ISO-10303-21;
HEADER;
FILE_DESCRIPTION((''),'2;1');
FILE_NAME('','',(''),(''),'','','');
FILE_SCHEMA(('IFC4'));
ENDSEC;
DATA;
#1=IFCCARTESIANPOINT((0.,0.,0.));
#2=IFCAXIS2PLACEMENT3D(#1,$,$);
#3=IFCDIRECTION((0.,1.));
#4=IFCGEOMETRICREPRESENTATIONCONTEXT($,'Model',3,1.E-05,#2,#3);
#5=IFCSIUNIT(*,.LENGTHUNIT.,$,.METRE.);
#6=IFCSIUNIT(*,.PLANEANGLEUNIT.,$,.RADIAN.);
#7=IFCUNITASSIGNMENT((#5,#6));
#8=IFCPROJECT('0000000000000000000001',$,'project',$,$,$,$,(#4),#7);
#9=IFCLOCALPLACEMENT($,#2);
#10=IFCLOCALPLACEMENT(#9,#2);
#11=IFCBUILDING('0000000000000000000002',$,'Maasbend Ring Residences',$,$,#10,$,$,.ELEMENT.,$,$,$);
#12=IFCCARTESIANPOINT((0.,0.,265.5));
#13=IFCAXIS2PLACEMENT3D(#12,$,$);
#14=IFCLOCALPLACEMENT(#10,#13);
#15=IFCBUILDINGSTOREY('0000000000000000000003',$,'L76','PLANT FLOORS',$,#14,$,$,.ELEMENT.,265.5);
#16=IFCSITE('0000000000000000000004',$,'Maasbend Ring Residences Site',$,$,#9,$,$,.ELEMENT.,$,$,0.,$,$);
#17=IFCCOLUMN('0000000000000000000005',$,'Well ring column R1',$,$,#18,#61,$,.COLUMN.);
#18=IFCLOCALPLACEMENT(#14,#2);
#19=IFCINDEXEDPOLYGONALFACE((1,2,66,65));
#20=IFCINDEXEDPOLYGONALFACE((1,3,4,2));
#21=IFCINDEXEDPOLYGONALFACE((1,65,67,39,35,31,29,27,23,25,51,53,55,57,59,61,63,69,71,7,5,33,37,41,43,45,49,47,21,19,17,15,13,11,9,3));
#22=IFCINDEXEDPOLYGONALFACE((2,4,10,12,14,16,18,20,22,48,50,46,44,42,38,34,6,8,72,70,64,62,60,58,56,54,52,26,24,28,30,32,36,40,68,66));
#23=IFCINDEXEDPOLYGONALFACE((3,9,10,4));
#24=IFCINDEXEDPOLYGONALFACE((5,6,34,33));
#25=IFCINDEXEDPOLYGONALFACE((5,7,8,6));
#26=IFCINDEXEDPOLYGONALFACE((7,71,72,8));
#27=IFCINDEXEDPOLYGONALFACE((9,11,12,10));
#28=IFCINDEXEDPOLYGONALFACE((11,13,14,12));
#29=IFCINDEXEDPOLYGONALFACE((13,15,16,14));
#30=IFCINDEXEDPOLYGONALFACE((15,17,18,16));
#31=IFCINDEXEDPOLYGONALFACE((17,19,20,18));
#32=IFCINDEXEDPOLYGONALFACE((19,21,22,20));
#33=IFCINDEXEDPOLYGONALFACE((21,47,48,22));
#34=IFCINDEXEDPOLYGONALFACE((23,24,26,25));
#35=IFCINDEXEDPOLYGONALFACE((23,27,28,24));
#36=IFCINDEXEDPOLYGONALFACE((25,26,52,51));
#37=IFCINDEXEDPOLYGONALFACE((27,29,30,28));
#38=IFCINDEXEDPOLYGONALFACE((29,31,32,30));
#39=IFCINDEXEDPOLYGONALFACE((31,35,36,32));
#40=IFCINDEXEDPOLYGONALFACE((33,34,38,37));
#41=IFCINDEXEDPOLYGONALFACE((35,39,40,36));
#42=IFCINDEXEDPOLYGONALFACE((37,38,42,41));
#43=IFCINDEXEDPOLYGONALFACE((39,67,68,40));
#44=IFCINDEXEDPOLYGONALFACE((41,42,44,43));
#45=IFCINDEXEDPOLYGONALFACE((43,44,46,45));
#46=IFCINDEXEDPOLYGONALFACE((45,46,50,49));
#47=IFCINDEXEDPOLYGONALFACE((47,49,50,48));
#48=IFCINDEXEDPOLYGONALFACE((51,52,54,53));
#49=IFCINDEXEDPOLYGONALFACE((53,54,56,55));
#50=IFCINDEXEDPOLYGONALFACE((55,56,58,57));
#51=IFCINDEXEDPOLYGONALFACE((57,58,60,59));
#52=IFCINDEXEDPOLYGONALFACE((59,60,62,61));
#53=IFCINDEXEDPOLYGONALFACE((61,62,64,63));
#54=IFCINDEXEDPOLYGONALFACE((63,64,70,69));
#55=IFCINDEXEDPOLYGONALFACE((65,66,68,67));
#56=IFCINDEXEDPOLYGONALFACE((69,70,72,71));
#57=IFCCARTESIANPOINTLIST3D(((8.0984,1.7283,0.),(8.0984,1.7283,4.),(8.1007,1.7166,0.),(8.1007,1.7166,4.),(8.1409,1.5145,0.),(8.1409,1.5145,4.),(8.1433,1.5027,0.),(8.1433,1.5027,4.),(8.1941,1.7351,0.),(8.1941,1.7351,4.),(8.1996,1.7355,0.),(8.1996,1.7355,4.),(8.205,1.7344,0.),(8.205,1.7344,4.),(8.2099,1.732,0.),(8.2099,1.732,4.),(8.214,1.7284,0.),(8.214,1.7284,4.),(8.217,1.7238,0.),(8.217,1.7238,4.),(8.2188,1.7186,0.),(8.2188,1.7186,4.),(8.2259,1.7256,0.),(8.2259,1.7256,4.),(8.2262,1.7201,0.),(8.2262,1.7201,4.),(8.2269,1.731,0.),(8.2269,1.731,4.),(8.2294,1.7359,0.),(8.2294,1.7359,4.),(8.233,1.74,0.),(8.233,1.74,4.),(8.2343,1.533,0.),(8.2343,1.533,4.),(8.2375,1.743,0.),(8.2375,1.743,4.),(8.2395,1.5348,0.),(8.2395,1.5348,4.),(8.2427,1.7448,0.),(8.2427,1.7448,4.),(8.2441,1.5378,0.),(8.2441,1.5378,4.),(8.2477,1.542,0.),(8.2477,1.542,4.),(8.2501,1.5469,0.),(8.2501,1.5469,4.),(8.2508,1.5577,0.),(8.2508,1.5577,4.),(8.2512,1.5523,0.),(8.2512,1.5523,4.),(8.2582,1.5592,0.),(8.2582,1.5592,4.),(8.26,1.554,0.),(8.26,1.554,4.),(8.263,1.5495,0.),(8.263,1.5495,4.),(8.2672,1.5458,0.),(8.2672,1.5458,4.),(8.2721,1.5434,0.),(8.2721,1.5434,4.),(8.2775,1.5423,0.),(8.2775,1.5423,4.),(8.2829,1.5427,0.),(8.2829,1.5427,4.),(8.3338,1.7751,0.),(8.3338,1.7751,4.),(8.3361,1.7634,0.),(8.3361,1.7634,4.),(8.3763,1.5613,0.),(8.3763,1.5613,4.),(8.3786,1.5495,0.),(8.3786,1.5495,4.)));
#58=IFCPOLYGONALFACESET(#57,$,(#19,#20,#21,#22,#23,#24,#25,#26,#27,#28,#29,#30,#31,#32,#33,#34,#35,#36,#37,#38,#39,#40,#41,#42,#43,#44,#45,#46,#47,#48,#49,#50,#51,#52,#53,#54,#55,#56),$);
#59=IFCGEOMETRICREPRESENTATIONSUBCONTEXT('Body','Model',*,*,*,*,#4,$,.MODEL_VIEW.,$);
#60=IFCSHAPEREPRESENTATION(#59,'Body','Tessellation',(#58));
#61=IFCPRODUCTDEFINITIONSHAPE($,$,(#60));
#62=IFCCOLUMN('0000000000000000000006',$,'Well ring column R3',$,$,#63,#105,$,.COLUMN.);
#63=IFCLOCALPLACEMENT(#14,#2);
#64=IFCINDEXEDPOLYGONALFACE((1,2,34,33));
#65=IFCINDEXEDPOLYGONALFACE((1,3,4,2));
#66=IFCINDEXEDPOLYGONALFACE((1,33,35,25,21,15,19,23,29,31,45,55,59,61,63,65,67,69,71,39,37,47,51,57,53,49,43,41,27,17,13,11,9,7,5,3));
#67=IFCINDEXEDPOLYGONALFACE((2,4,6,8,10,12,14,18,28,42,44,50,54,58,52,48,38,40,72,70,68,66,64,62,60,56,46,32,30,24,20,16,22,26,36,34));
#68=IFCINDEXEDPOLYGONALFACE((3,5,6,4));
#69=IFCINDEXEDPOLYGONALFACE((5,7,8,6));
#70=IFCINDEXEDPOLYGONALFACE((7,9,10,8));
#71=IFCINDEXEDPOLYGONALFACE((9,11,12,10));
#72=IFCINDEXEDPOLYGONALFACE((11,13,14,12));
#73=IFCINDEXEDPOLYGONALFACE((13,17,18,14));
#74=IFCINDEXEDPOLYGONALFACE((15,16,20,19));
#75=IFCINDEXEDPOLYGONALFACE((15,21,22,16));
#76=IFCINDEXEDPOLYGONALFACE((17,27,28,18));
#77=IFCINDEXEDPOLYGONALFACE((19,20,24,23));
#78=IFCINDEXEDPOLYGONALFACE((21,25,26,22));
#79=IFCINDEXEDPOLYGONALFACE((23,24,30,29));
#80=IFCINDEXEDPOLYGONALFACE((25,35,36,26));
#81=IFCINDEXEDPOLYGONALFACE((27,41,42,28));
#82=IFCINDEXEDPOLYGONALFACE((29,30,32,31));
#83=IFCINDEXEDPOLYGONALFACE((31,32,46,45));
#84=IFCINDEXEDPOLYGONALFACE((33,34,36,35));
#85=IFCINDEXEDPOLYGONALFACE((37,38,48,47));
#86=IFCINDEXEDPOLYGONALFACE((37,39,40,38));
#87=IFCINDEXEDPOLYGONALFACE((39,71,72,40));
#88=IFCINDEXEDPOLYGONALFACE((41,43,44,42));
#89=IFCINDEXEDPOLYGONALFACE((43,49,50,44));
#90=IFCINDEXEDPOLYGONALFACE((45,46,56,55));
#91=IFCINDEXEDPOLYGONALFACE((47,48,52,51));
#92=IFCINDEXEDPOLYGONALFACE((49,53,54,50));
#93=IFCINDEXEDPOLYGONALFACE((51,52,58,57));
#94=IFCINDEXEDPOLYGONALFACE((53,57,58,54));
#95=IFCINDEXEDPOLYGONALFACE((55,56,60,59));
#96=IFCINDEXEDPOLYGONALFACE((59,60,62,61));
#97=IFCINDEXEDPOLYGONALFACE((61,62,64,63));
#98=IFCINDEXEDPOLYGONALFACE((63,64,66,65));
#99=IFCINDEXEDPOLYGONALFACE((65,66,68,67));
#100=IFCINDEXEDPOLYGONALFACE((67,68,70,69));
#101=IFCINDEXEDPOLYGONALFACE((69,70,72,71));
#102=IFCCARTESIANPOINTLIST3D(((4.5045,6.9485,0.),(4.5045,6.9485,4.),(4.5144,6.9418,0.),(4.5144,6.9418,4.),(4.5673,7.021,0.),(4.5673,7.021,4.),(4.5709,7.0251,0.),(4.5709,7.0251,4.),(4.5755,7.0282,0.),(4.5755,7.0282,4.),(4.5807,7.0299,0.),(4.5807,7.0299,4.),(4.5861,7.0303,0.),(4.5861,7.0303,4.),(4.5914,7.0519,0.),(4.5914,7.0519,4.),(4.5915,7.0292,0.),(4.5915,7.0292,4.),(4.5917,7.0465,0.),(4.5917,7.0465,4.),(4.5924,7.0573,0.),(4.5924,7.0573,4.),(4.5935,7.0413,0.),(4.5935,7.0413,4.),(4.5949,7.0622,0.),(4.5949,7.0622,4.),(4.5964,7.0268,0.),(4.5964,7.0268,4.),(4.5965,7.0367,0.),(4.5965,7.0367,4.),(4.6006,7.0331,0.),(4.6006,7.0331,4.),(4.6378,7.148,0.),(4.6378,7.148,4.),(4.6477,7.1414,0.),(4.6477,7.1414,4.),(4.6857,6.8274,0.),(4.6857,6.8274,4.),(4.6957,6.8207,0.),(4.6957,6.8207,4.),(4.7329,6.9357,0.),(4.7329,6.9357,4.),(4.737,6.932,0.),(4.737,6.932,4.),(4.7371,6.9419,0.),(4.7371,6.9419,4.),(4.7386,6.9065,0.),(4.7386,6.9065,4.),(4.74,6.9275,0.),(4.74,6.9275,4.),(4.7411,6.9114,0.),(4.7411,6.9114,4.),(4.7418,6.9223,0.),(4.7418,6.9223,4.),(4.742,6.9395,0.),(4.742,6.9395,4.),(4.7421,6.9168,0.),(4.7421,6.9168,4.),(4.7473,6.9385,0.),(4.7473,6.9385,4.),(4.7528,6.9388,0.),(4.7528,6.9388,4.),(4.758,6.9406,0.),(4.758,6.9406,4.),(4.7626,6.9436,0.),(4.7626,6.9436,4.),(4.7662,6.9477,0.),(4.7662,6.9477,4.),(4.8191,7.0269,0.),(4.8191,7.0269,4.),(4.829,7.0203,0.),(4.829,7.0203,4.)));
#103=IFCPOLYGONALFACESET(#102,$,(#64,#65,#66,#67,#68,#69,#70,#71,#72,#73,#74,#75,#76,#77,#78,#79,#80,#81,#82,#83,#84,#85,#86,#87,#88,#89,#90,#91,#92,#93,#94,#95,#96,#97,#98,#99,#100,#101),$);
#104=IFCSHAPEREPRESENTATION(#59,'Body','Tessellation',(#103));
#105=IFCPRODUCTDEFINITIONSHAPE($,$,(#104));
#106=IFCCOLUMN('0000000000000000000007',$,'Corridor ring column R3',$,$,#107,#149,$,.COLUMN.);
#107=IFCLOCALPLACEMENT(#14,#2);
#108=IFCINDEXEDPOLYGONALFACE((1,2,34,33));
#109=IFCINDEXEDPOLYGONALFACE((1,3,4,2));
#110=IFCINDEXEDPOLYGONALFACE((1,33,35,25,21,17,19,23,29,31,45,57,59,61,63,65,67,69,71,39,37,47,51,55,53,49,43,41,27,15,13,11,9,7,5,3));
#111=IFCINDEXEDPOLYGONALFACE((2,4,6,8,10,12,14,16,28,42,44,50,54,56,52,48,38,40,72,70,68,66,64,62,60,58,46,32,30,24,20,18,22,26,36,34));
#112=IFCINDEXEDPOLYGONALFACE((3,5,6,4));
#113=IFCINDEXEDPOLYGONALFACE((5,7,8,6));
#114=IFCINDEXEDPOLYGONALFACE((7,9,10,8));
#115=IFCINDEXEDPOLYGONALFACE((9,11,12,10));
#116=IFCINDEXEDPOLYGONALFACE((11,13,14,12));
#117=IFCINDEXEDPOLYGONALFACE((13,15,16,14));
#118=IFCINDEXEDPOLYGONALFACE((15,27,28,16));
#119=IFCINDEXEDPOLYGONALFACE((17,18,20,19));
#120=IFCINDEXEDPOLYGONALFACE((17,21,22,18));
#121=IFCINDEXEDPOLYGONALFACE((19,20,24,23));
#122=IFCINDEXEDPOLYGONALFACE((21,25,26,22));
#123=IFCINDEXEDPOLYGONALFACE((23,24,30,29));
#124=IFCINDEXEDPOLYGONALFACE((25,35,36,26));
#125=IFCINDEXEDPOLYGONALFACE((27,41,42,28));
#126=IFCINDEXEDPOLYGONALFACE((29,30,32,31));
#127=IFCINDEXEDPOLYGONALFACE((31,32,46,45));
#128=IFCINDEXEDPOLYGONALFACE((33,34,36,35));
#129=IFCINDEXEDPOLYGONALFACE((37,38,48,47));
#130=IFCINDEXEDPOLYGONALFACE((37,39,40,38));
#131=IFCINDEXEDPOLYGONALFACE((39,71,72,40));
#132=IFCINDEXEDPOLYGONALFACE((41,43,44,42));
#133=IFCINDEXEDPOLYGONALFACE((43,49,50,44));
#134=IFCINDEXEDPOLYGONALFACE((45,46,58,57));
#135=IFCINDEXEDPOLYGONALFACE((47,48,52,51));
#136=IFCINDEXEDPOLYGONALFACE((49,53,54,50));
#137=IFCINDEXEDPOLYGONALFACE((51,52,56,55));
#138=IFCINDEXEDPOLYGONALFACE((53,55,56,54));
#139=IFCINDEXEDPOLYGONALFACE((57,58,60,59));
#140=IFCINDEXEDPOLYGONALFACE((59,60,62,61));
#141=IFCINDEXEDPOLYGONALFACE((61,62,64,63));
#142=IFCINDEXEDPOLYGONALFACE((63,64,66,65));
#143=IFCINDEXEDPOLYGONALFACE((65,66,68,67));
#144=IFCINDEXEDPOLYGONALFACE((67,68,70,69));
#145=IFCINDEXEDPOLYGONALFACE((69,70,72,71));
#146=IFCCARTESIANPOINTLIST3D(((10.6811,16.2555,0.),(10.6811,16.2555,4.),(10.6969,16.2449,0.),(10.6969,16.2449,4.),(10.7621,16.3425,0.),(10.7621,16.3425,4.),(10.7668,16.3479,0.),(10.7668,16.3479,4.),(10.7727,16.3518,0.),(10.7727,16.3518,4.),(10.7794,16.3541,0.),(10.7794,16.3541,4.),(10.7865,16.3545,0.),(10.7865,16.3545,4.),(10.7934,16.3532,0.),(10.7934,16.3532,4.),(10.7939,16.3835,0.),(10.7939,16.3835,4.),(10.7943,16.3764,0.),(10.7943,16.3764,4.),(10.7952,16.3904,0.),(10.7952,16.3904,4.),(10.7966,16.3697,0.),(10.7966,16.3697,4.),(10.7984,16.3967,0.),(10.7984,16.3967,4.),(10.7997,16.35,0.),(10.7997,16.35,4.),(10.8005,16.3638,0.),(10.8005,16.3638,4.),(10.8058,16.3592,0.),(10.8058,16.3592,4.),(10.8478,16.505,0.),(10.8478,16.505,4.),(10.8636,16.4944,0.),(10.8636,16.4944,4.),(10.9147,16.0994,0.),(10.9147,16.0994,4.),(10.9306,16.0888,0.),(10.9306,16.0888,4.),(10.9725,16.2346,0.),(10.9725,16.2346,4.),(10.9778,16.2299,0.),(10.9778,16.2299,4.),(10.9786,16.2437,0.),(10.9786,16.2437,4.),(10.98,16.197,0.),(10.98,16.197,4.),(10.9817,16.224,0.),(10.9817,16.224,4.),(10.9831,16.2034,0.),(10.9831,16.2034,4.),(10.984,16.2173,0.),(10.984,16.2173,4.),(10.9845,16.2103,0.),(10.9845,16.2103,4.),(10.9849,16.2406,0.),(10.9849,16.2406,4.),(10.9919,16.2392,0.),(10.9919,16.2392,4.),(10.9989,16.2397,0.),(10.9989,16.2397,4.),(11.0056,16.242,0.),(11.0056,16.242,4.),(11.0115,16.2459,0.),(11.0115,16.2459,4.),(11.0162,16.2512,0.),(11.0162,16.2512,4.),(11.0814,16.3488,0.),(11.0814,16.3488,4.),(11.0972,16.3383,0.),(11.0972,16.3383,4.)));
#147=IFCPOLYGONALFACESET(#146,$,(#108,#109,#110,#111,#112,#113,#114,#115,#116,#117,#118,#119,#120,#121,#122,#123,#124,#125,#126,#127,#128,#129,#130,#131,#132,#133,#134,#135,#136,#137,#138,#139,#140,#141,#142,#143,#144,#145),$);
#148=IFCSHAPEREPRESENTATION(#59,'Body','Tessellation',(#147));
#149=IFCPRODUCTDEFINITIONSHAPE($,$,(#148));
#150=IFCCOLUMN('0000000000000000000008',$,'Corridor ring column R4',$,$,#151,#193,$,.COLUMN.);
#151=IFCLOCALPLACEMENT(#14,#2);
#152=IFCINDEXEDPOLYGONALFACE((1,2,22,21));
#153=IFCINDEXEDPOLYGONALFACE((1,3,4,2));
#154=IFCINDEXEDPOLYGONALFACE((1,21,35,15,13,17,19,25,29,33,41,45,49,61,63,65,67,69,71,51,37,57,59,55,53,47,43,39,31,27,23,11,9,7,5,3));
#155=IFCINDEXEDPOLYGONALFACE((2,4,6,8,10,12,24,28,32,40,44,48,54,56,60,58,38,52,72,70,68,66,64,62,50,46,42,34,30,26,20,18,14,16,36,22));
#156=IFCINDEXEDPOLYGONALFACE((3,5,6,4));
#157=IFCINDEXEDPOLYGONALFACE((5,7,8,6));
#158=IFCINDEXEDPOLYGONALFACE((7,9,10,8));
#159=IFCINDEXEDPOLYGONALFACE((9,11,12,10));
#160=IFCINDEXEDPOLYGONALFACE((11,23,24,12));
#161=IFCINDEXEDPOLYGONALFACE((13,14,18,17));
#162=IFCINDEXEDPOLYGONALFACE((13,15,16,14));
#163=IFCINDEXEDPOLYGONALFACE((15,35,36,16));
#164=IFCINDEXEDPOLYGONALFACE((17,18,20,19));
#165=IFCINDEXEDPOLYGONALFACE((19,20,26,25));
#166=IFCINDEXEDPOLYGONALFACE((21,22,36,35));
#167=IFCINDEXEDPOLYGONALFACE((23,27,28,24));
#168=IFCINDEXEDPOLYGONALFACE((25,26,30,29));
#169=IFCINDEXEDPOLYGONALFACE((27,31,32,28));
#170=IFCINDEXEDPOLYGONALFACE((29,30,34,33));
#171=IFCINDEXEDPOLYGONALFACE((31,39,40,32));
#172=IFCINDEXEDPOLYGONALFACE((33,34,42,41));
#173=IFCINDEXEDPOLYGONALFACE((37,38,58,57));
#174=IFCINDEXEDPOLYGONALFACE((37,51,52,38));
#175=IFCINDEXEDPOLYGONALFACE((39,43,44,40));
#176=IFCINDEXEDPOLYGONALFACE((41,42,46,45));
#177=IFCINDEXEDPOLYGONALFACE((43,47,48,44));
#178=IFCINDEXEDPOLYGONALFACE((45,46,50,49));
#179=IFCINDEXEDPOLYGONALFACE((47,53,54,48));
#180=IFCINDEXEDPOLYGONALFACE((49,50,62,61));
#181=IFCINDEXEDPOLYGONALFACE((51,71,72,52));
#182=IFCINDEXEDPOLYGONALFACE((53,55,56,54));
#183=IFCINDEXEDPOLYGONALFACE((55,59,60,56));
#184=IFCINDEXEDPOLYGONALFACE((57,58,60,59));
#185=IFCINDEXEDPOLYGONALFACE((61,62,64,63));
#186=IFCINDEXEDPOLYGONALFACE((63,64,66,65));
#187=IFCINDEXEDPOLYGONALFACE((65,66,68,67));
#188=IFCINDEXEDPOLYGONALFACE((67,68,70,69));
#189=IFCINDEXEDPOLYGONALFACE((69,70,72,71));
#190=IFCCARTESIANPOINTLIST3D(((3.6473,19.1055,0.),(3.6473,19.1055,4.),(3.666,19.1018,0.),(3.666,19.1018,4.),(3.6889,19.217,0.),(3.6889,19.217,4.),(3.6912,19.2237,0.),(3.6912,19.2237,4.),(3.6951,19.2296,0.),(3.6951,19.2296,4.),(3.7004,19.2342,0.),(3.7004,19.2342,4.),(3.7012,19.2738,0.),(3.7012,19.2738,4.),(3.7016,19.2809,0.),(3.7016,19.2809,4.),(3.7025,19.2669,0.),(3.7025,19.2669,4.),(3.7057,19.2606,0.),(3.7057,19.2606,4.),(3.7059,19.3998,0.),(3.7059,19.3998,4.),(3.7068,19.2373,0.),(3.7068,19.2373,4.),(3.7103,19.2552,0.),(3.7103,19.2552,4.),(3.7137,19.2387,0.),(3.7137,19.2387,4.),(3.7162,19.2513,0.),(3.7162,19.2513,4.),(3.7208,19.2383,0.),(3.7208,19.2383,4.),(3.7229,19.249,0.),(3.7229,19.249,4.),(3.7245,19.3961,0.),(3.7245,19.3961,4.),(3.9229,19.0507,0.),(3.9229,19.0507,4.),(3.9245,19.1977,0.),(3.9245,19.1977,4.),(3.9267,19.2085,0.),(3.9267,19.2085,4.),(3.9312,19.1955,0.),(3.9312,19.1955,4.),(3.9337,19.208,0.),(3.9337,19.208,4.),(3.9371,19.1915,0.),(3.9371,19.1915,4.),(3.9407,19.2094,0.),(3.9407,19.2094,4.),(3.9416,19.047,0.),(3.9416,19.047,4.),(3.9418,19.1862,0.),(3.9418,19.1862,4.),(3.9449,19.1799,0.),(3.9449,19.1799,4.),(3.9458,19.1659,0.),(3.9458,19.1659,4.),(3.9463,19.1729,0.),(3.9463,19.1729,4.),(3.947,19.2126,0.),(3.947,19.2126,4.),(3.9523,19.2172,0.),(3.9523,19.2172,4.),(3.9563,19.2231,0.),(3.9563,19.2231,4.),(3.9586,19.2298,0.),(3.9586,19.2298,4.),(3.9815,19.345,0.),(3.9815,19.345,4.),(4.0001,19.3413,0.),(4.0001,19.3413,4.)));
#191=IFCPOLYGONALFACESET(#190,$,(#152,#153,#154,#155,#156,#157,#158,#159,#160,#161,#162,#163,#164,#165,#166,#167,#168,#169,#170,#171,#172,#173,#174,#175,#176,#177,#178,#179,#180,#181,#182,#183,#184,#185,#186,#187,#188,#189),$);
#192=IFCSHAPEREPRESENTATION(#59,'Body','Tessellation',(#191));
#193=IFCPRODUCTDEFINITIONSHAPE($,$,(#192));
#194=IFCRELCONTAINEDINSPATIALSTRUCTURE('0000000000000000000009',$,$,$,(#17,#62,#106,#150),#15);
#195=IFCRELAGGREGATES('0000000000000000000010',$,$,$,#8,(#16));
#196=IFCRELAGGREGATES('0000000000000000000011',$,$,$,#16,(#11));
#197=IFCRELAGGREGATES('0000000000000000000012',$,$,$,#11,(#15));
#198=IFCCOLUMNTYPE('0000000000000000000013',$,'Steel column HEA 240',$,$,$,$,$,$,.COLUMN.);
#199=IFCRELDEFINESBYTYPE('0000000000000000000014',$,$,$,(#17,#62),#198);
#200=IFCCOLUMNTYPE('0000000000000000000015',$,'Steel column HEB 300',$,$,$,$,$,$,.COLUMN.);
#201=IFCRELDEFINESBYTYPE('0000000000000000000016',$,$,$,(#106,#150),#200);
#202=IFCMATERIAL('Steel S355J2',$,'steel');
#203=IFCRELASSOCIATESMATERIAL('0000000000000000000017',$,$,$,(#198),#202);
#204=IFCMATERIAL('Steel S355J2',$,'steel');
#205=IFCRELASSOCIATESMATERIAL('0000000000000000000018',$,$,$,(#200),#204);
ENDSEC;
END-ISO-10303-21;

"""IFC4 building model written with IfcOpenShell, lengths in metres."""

from ifc_helpers import new_model, si_unit, direction, frame, origin, origin_2d, place, context, subcontext, project, spatial, i_section, extrude, material, material_profile, profile_set, type_object, element, save


model = new_model("IFC4")

# Units and contexts
model_context = context("Model", 3, precision=1e-05, world=origin(), true_north=direction((0.0, 1.0)))
body_context = subcontext(model_context, "Body", "Model", "MODEL_VIEW")
ifc_project = project(units=[si_unit("LENGTHUNIT", "METRE"), si_unit("PLANEANGLEUNIT", "RADIAN")], contexts=[model_context])

# Site, building, storey
site_placement = place(None, origin())
site = spatial("IfcSite", under=ifc_project, at=site_placement, Name="Maasbend Ring Residences Site", CompositionType="ELEMENT", RefElevation=0.0)
building_placement = place(site_placement, origin())
building = spatial("IfcBuilding", under=site, at=building_placement, Name="Maasbend Ring Residences", CompositionType="ELEMENT")
storey_placement = place(building_placement, frame((0.0, 0.0, 265.5)))
storey = spatial("IfcBuildingStorey", under=building, at=storey_placement, Name="L76", Description="PLANT FLOORS", CompositionType="ELEMENT", Elevation=265.5)

# Columns
ifc_material_1 = material(Name="Steel S355J2", Category="steel")
ifc_material_profile_1 = material_profile(ifc_material_1, i_section(OverallWidth=0.24, OverallDepth=0.23, WebThickness=0.0076, FlangeThickness=0.012, FilletRadius=0.021, at=origin_2d()), Name="HEA 240")
ifc_profile_set_1 = profile_set([ifc_material_profile_1], Name="Steel S355J2")
column_type_1 = type_object("IfcColumnType", Name="Steel column HEA 240", PredefinedType="COLUMN", material=ifc_profile_set_1)
for number, where, z_axis, x_axis, name in (
    (1, (8.2385, 1.6389, 0.0), (0.0, 0.0, 1.0), (0.980785, 0.19509, 0.0), "Well ring column R1"),
    (2, (4.6667, 6.9844, 0.0), (0.0, 0.0, 1.0), (0.55557, 0.83147, 0.0), "Well ring column R3"),
):
    element("IfcColumn", number, at=place(storey_placement, frame(where, z_axis=z_axis, x_axis=x_axis)), inside=storey, type_object=column_type_1, Name=name, PredefinedType="COLUMN", context=body_context, shape_type="SweptSolid", body=[
        extrude(i_section(OverallWidth=0.24, OverallDepth=0.23, WebThickness=0.0076, FlangeThickness=0.012, FilletRadius=0.021, at=origin_2d()), origin(), (0.0, 0.0, 1.0), 4.0),
    ])
ifc_material_2 = material(Name="Steel S355J2", Category="steel")
ifc_material_profile_2 = material_profile(ifc_material_2, i_section(OverallWidth=0.3, OverallDepth=0.3, WebThickness=0.011, FlangeThickness=0.019, FilletRadius=0.0271, at=origin_2d()), Name="HEB 300")
ifc_profile_set_2 = profile_set([ifc_material_profile_2], Name="Steel S355J2")
column_type_2 = type_object("IfcColumnType", Name="Steel column HEB 300", PredefinedType="COLUMN", material=ifc_profile_set_2)
for number, where, z_axis, x_axis, name in (
    (3, (10.8892, 16.2969, 0.0), (0.0, 0.0, 1.0), (0.55557, 0.83147, 0.0), "Corridor ring column R3"),
    (4, (3.8237, 19.2234, 0.0), (0.0, 0.0, 1.0), (0.19509, 0.980785, 0.0), "Corridor ring column R4"),
):
    element("IfcColumn", number, at=place(storey_placement, frame(where, z_axis=z_axis, x_axis=x_axis)), inside=storey, type_object=column_type_2, Name=name, PredefinedType="COLUMN", context=body_context, shape_type="SweptSolid", body=[
        extrude(i_section(OverallWidth=0.3, OverallDepth=0.3, WebThickness=0.011, FlangeThickness=0.019, FilletRadius=0.0271, at=origin_2d()), origin(), (0.0, 0.0, 1.0), 4.0),
    ])

save(model, "model.ifc")
